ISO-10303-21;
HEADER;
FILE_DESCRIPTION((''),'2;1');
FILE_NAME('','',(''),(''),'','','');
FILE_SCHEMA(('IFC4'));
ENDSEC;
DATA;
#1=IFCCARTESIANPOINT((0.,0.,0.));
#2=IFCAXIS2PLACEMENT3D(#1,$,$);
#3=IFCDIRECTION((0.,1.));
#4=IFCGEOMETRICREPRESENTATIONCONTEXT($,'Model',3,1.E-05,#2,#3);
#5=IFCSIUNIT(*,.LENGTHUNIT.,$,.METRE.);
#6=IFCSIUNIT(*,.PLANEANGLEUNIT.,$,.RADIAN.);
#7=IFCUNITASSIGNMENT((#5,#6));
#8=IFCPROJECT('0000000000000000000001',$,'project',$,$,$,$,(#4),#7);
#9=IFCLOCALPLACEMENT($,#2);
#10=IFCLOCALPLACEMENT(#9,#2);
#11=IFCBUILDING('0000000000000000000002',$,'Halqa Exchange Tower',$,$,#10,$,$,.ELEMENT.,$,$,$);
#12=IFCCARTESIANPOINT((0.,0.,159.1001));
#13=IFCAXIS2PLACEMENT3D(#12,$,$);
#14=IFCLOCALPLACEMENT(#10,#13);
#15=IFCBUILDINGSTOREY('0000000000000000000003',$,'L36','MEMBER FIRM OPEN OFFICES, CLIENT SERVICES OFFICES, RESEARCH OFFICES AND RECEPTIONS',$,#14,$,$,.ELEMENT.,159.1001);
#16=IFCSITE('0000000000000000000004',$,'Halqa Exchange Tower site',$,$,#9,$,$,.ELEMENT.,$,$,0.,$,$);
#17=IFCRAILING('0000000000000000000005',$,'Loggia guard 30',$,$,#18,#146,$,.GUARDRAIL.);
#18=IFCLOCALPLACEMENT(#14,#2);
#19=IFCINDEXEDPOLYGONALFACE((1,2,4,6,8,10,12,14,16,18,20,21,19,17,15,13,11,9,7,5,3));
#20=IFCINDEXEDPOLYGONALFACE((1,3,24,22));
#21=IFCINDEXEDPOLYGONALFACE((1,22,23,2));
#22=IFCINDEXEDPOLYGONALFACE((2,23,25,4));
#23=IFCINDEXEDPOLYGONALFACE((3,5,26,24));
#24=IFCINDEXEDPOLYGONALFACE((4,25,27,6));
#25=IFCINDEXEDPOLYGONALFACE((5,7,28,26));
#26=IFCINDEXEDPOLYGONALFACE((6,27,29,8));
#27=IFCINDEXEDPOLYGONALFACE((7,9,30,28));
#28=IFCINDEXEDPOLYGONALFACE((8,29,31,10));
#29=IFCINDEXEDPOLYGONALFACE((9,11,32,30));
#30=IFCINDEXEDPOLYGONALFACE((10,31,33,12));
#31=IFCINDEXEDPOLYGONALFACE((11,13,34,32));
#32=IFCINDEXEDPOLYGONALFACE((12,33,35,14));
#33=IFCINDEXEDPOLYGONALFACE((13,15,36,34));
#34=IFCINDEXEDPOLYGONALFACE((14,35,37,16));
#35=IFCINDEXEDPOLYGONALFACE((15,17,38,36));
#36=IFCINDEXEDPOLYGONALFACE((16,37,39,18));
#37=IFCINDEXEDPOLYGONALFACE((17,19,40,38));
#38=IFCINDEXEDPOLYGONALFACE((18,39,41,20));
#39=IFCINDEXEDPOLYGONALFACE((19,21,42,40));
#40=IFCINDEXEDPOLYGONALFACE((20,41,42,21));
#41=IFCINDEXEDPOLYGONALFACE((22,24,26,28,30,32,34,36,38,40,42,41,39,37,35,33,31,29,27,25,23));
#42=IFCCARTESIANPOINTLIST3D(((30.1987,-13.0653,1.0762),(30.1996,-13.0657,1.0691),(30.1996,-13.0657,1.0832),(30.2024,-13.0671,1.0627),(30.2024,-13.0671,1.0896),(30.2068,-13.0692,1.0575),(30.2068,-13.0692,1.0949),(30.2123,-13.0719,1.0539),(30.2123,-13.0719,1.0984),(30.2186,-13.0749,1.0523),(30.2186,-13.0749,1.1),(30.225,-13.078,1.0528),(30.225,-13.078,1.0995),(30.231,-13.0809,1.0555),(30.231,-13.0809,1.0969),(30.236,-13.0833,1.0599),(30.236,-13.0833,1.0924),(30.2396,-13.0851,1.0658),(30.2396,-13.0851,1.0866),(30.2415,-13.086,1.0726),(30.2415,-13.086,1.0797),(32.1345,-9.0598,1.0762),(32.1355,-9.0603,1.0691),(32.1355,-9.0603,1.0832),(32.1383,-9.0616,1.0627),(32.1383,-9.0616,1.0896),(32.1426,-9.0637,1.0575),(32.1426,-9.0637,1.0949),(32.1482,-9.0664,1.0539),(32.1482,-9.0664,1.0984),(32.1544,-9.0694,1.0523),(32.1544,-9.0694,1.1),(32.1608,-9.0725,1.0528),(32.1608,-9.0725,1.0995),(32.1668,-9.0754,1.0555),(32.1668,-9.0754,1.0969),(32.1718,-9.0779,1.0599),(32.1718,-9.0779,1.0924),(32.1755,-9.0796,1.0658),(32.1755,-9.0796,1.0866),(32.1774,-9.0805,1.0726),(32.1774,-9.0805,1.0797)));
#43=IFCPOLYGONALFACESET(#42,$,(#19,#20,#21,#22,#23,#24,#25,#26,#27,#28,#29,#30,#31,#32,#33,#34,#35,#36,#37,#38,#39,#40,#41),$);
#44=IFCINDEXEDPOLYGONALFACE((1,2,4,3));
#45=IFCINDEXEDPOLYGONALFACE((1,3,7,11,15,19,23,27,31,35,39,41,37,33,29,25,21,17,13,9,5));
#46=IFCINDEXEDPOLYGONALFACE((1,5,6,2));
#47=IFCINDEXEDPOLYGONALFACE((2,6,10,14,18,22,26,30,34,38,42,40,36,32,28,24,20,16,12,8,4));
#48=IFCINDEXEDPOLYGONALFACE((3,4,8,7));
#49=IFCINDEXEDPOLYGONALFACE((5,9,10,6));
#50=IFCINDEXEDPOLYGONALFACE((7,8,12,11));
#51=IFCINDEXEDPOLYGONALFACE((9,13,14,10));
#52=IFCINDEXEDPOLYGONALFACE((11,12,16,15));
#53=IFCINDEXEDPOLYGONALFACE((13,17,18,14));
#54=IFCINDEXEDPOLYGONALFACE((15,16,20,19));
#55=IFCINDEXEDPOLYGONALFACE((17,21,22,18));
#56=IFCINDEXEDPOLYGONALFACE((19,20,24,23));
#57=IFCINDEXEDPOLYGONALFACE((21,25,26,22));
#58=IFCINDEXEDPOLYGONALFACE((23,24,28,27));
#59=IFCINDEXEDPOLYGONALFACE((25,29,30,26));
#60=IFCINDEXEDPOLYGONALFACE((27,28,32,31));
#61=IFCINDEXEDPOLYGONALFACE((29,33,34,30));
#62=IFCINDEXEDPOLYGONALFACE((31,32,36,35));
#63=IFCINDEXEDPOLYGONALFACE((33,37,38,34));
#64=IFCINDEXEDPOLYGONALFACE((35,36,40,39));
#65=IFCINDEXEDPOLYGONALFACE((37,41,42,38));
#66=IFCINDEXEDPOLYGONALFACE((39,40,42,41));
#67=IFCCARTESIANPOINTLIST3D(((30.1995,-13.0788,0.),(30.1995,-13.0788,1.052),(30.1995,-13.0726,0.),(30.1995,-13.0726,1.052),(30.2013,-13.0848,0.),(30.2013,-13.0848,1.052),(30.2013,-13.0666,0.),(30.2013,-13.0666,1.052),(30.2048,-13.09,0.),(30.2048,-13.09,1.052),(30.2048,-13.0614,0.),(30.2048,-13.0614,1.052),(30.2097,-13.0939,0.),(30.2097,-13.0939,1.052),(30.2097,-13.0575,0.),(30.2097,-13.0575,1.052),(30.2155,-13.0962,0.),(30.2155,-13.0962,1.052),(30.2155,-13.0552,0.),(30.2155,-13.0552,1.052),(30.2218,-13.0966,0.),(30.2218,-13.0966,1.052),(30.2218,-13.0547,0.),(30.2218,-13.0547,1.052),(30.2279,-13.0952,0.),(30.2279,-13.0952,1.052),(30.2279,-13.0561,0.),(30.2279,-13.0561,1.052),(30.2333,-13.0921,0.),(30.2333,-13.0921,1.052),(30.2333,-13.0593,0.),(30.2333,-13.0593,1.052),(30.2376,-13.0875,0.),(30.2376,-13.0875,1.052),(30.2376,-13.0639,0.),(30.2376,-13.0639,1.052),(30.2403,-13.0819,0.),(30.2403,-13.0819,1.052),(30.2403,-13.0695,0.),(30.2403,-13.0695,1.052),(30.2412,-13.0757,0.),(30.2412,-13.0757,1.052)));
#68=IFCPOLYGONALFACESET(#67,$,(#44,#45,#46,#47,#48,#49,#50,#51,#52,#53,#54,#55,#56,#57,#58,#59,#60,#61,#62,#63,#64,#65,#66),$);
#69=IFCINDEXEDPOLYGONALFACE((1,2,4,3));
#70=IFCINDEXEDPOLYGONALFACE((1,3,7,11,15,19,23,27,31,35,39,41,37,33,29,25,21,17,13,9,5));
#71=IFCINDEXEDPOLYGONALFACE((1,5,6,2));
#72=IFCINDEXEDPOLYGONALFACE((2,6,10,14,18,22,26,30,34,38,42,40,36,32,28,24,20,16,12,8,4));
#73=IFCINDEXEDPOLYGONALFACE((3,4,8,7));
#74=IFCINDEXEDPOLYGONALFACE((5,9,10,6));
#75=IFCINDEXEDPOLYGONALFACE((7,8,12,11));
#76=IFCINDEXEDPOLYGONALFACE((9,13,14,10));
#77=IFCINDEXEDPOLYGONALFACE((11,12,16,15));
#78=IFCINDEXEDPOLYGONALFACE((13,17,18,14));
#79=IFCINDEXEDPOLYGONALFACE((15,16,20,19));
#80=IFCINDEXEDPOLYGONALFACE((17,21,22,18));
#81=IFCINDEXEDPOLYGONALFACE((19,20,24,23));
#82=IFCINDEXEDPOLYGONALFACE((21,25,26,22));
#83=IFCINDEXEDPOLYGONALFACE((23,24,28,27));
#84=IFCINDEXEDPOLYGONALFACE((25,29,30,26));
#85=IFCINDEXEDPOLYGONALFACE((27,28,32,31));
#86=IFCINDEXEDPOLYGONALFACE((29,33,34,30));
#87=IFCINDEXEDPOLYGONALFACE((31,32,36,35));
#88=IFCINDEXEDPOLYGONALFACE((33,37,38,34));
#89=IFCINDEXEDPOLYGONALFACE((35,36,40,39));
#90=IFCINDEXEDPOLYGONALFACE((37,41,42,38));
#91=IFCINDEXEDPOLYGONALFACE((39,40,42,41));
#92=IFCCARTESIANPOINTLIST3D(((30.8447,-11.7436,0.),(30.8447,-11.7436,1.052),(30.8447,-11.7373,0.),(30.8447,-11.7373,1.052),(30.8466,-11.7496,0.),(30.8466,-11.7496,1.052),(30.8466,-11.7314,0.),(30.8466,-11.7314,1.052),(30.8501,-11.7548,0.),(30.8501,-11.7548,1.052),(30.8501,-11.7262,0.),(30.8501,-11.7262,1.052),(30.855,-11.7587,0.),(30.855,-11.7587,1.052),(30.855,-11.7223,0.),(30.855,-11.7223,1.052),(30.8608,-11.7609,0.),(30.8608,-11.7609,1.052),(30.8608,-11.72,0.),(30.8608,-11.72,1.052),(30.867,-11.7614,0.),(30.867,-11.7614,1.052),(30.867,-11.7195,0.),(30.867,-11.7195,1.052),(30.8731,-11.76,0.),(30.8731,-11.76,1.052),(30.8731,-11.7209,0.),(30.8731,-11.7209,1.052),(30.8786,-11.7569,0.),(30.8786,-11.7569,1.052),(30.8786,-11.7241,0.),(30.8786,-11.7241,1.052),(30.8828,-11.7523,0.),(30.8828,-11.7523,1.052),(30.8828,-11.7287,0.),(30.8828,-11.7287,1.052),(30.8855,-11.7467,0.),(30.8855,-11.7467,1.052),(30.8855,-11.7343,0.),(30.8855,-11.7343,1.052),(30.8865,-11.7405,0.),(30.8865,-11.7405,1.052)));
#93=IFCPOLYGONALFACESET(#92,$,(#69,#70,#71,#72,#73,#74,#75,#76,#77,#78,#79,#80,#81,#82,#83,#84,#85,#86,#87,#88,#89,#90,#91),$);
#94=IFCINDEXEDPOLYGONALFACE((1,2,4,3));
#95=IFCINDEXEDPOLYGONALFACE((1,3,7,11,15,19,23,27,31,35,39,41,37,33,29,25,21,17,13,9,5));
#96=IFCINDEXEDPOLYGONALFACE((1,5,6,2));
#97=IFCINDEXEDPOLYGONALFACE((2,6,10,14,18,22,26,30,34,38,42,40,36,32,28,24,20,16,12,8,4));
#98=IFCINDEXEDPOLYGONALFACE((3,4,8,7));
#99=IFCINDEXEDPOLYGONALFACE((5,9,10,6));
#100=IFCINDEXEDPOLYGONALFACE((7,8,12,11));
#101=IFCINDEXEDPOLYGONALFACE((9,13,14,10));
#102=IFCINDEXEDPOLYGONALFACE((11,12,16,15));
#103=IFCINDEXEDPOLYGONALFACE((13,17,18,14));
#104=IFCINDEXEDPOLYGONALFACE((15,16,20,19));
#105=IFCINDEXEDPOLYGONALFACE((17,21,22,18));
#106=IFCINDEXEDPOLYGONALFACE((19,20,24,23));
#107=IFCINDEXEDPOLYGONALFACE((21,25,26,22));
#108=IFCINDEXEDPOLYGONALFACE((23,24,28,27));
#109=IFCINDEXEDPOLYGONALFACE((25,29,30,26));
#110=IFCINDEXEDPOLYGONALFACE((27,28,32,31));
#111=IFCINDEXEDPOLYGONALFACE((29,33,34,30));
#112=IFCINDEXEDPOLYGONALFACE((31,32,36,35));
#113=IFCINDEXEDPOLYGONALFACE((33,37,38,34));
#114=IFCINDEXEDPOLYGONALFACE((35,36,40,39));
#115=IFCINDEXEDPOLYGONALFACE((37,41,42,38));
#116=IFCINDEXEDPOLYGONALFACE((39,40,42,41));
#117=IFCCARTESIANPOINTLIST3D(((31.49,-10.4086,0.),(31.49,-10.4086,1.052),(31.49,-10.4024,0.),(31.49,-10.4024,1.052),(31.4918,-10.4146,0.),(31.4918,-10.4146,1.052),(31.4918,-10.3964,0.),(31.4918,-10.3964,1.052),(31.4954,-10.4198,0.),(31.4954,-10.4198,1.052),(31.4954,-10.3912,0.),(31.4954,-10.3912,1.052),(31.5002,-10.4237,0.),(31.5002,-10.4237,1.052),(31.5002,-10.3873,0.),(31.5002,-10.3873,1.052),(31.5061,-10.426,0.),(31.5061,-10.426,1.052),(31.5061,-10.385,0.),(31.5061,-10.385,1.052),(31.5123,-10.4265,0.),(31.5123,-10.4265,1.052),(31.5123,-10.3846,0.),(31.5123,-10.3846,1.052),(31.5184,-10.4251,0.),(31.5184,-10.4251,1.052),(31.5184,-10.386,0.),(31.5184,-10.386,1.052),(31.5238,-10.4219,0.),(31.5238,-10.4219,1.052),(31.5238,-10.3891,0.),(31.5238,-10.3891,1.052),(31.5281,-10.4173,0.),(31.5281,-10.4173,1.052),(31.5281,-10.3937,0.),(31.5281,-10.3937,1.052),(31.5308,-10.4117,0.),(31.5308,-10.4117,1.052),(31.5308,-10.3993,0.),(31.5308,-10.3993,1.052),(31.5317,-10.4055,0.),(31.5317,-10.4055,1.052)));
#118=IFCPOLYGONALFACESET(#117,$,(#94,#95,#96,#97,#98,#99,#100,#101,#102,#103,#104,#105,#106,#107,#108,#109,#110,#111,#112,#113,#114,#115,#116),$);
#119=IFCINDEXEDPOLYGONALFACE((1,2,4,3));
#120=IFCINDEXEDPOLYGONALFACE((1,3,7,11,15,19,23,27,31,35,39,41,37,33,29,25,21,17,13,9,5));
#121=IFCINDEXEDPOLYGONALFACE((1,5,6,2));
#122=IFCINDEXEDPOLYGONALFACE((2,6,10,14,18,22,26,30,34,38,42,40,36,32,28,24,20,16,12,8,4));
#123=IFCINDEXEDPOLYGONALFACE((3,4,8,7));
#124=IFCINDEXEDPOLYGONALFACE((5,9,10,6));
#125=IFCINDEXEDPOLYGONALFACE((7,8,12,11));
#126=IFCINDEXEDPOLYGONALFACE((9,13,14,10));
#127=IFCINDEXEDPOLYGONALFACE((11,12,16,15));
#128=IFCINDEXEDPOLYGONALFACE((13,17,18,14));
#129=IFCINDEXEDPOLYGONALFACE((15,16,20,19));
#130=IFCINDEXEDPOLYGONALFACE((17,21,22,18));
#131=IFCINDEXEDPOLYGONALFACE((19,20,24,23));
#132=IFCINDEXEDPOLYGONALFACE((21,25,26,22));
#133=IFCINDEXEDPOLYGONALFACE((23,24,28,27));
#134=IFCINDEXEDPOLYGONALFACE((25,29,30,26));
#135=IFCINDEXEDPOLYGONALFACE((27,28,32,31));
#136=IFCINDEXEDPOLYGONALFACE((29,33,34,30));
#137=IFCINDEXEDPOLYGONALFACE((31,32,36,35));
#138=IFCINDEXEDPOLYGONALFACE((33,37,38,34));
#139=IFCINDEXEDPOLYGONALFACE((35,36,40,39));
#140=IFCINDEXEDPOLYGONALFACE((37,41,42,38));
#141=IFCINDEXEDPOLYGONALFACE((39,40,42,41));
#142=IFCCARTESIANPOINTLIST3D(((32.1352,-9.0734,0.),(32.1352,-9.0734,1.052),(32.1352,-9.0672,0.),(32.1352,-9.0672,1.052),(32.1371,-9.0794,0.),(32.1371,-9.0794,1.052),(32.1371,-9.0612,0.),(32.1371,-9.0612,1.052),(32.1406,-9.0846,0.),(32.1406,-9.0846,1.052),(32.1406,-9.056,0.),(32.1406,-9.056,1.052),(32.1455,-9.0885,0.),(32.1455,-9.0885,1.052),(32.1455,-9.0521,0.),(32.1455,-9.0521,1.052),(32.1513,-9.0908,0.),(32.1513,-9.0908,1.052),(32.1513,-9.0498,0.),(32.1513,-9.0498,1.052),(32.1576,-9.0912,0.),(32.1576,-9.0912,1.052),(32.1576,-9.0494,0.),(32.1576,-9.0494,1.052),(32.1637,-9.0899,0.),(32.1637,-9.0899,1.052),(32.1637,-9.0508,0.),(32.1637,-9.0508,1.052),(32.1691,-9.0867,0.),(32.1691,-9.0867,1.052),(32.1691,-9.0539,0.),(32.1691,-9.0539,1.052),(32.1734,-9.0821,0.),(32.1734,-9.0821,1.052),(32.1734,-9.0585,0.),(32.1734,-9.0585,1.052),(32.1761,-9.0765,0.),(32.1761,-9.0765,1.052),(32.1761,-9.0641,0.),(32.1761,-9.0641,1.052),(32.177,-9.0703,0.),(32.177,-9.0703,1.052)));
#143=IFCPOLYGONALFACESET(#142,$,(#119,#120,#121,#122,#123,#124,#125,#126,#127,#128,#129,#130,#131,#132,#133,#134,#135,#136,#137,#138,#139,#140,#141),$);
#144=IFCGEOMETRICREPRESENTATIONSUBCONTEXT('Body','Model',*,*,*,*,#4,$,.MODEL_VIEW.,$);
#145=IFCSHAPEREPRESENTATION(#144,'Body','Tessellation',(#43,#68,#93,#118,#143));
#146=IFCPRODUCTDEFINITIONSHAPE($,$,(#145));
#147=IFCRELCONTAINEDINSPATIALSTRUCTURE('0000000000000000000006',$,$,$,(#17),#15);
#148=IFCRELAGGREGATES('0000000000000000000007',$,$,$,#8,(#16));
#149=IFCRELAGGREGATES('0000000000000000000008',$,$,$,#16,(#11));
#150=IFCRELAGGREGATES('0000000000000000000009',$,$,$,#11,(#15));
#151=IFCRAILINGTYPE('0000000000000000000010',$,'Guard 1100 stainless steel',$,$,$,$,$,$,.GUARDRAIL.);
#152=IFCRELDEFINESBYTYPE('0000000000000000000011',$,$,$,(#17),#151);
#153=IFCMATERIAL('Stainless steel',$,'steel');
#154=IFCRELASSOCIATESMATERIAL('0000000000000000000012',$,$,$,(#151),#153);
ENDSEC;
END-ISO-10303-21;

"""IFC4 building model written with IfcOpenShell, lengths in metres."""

from ifc_helpers import new_model, si_unit, direction, frame, origin, origin_2d, place, context, subcontext, project, spatial, circle, extrude, material, type_object, element, save


model = new_model("IFC4")

# Units and contexts
model_context = context("Model", 3, precision=1e-05, world=origin(), true_north=direction((0.0, 1.0)))
body_context = subcontext(model_context, "Body", "Model", "MODEL_VIEW")
ifc_project = project(units=[si_unit("LENGTHUNIT", "METRE"), si_unit("PLANEANGLEUNIT", "RADIAN")], contexts=[model_context])

# Site, building, storey
site_placement = place(None, origin())
site = spatial("IfcSite", under=ifc_project, at=site_placement, Name="Halqa Exchange Tower site", CompositionType="ELEMENT", RefElevation=0.0)
building_placement = place(site_placement, origin())
building = spatial("IfcBuilding", under=site, at=building_placement, Name="Halqa Exchange Tower", CompositionType="ELEMENT")
storey_placement = place(building_placement, frame((0.0, 0.0, 159.1001)))
storey = spatial("IfcBuildingStorey", under=building, at=storey_placement, Name="L36", Description="MEMBER FIRM OPEN OFFICES, CLIENT SERVICES OFFICES, RESEARCH OFFICES AND RECEPTIONS", CompositionType="ELEMENT", Elevation=159.1001)

# Railing
ifc_material_1 = material(Name="Stainless steel", Category="steel")
railing_type = type_object("IfcRailingType", Name="Guard 1100 stainless steel", PredefinedType="GUARDRAIL", material=ifc_material_1)
railing_1_placement = place(storey_placement, frame((30.2202, -13.0757, 0.0)))
element("IfcRailing", 1, at=railing_1_placement, inside=storey, type_object=railing_type, Name="Loggia guard 30", PredefinedType="GUARDRAIL", context=body_context, shape_type="SweptSolid", body=[
    extrude(circle(Radius=0.0239, at=origin_2d()), frame((0.0, 0.0, 1.0762), z_axis=(0.435143, 0.900361, 0.0), x_axis=(-0.900361, 0.435143, 0.0)), (0.0, 0.0, 1.0), 4.4487),
    extrude(circle(Radius=0.021, at=origin_2d()), origin(), (0.0, 0.0, 1.0), 1.052),
    extrude(circle(Radius=0.021, at=origin_2d()), frame((0.6453, 1.3352, 0.0)), (0.0, 0.0, 1.0), 1.052),
    extrude(circle(Radius=0.021, at=origin_2d()), frame((1.2905, 2.6702, 0.0)), (0.0, 0.0, 1.0), 1.052),
    extrude(circle(Radius=0.021, at=origin_2d()), frame((1.9358, 4.0054, 0.0)), (0.0, 0.0, 1.0), 1.052),
])

save(model, "model.ifc")
